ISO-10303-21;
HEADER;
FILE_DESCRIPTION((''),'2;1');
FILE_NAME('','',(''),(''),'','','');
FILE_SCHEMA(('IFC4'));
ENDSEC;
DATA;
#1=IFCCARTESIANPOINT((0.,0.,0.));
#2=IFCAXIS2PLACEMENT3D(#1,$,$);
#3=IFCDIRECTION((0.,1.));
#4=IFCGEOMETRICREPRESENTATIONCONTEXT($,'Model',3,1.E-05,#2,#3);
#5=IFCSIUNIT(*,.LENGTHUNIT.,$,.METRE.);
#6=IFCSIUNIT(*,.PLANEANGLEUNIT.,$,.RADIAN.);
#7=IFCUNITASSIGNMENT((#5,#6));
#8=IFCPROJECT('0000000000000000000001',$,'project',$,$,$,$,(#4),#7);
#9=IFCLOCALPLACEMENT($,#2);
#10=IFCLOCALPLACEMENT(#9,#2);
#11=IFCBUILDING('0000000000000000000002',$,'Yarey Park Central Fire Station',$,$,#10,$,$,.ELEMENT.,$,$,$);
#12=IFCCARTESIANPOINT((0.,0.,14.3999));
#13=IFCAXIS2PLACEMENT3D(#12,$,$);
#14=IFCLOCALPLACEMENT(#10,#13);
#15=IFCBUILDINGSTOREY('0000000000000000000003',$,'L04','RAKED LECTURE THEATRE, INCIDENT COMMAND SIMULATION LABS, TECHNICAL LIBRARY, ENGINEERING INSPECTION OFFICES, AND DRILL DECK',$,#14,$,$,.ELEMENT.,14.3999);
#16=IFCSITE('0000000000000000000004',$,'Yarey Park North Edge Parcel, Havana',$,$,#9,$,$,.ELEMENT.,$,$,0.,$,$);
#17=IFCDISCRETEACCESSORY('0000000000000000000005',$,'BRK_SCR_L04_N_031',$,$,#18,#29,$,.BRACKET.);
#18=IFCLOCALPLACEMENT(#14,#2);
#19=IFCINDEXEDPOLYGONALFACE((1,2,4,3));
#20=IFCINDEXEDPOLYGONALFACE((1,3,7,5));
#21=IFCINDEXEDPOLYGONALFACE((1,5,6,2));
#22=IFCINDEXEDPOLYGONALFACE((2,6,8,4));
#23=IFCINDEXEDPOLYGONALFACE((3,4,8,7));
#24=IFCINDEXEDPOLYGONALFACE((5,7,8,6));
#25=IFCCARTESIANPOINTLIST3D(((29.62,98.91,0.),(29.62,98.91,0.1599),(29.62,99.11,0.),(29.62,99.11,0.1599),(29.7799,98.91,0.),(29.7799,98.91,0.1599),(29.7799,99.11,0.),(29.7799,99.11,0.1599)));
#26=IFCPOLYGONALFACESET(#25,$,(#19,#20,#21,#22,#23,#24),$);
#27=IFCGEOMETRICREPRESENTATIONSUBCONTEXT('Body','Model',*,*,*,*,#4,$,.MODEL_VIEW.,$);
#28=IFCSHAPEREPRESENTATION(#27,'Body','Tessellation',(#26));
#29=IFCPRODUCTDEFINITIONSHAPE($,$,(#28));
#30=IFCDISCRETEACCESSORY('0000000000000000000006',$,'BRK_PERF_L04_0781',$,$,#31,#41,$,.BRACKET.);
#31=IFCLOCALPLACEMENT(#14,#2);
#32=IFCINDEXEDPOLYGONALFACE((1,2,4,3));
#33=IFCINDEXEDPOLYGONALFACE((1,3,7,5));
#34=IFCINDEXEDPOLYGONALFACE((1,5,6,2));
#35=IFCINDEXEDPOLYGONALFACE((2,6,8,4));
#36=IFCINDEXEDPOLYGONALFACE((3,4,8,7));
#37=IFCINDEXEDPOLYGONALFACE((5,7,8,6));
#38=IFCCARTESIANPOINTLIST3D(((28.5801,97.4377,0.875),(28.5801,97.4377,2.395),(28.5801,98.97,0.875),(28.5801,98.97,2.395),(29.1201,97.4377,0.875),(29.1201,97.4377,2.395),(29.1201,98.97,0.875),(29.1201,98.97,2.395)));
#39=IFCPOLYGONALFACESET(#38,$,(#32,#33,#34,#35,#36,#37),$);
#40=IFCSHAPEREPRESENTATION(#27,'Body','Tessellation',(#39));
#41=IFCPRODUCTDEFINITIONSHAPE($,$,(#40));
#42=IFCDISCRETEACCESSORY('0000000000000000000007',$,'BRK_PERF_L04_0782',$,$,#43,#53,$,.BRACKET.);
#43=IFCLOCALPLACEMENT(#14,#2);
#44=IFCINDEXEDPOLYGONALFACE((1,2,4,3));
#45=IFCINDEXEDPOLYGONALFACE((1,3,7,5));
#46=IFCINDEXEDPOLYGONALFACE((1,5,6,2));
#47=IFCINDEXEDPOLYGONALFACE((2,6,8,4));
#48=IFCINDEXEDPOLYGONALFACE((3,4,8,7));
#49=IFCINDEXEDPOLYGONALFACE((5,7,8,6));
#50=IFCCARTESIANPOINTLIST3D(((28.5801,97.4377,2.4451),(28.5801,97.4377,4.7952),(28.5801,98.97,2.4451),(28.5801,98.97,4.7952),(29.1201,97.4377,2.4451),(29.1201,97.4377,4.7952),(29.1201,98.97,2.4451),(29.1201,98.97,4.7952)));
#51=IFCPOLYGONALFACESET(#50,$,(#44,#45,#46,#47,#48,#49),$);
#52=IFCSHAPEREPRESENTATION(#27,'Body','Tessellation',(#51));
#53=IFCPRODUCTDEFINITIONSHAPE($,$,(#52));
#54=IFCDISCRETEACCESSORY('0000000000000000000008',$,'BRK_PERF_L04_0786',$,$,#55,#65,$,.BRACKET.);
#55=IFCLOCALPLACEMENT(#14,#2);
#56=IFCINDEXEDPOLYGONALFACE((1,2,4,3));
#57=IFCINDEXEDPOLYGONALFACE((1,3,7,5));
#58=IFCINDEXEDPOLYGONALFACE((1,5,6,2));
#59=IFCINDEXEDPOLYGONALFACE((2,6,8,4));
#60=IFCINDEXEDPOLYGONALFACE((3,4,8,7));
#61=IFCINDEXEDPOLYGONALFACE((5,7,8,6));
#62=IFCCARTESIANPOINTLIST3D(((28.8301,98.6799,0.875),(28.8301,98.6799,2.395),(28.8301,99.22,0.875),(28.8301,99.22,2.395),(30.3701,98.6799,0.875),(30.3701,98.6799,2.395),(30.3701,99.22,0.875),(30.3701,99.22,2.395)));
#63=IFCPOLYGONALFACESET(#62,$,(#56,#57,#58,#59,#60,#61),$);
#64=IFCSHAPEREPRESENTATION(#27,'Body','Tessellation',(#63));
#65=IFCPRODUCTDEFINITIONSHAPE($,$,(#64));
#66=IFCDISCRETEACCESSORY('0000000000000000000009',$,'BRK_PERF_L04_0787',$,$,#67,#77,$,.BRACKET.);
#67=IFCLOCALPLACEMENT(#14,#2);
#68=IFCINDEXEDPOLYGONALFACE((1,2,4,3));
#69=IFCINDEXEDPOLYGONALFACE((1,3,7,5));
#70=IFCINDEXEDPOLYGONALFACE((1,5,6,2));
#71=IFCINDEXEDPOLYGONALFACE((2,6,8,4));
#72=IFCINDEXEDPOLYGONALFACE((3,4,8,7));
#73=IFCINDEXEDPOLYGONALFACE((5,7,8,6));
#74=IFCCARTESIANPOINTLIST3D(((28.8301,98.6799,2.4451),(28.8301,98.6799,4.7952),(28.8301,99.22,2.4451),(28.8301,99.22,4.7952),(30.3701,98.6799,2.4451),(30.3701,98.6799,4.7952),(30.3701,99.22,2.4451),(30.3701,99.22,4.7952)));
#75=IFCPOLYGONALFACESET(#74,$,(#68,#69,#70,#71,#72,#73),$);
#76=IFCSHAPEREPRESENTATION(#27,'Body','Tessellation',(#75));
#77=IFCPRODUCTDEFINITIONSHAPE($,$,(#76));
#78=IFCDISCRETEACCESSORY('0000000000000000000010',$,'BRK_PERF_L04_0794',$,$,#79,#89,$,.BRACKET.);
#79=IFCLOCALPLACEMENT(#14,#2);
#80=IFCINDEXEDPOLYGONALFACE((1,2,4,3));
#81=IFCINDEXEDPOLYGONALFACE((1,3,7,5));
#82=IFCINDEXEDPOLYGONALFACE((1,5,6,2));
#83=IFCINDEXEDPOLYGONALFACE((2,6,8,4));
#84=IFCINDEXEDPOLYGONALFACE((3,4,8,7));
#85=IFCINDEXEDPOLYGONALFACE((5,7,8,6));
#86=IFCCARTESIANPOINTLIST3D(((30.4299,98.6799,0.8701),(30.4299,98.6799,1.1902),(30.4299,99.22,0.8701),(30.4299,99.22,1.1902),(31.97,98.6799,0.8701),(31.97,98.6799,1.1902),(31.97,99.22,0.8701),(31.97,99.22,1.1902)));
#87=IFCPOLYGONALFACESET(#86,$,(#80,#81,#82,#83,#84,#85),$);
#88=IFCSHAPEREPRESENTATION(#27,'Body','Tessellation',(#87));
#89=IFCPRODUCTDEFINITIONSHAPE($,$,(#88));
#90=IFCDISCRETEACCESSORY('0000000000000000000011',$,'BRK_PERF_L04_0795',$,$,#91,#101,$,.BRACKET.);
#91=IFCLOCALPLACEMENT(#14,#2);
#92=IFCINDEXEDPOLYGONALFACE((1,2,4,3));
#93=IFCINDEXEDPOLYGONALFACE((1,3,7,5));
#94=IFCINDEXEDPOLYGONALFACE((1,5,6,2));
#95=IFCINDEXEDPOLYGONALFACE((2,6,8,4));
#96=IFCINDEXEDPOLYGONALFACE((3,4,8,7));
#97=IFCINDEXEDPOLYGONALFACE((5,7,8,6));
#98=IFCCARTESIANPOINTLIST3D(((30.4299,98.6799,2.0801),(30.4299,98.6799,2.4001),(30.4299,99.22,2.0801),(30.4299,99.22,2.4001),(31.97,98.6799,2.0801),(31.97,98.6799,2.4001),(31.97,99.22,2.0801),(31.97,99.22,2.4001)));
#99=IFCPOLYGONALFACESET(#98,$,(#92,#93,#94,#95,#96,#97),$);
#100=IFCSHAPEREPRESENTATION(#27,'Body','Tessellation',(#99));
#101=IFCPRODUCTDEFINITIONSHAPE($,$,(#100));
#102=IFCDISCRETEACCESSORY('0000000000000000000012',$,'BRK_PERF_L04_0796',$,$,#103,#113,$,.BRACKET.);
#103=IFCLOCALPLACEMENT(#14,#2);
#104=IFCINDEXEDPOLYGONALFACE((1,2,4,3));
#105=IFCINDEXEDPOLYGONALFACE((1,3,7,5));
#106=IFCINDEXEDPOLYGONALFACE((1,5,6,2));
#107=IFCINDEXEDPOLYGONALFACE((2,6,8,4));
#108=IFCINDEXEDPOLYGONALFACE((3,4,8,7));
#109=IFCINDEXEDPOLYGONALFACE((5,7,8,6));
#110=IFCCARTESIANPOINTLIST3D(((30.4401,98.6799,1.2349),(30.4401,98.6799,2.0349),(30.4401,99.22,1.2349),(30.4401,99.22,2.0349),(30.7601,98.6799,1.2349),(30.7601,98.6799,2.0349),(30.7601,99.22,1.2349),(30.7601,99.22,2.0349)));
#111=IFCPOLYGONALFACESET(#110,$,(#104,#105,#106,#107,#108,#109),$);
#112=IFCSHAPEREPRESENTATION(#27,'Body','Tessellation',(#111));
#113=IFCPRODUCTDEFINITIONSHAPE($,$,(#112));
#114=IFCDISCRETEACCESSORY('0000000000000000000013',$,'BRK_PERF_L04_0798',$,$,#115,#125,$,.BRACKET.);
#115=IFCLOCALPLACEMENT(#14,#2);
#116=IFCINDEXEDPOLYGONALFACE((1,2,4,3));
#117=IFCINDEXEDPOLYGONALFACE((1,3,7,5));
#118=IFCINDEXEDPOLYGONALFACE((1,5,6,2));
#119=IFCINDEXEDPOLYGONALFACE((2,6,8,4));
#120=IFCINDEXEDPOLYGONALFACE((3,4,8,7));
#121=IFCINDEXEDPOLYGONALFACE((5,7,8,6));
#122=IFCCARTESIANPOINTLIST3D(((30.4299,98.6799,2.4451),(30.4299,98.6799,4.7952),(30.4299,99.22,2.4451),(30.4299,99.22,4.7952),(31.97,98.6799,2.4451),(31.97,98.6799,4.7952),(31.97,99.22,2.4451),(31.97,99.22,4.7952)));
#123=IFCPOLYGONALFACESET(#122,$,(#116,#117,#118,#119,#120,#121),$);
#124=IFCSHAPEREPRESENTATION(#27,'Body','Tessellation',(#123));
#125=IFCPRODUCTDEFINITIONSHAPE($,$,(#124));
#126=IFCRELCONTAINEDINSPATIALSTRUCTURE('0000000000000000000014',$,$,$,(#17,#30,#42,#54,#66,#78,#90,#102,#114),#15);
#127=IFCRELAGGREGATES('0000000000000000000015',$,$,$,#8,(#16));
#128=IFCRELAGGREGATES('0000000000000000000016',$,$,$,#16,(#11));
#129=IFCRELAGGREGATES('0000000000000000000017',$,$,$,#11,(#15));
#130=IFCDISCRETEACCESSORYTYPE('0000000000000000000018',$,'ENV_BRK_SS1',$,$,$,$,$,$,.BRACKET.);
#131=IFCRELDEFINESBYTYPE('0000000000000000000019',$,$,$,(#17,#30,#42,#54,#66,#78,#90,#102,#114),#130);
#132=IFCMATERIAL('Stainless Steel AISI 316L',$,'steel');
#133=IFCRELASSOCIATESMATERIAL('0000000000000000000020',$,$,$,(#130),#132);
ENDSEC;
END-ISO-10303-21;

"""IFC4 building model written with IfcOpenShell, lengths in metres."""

from ifc_helpers import new_model, si_unit, direction, frame, origin, origin_2d, place, context, subcontext, project, spatial, rectangle, extrude, material, type_object, element, save


model = new_model("IFC4")

# Units and contexts
model_context = context("Model", 3, precision=1e-05, world=origin(), true_north=direction((0.0, 1.0)))
body_context = subcontext(model_context, "Body", "Model", "MODEL_VIEW")
ifc_project = project(units=[si_unit("LENGTHUNIT", "METRE"), si_unit("PLANEANGLEUNIT", "RADIAN")], contexts=[model_context])

# Site, building, storey
site_placement = place(None, origin())
site = spatial("IfcSite", under=ifc_project, at=site_placement, Name="Yarey Park North Edge Parcel, Havana", CompositionType="ELEMENT", RefElevation=0.0)
building_placement = place(site_placement, origin())
building = spatial("IfcBuilding", under=site, at=building_placement, Name="Yarey Park Central Fire Station", CompositionType="ELEMENT")
storey_placement = place(building_placement, frame((0.0, 0.0, 14.3999)))
storey = spatial("IfcBuildingStorey", under=building, at=storey_placement, Name="L04", Description="RAKED LECTURE THEATRE, INCIDENT COMMAND SIMULATION LABS, TECHNICAL LIBRARY, ENGINEERING INSPECTION OFFICES, AND DRILL DECK", CompositionType="ELEMENT", Elevation=14.3999)

# Discrete accessories
ifc_material_1 = material(Name="Stainless Steel AISI 316L", Category="steel")
discrete_accessory_type = type_object("IfcDiscreteAccessoryType", Name="ENV_BRK_SS1", PredefinedType="BRACKET", material=ifc_material_1)
discrete_accessory_1_placement = place(storey_placement, frame((29.7, 99.01, 0.0), z_axis=(0.0, 0.0, 1.0), x_axis=(1.0, 0.0, 0.0)))
element("IfcDiscreteAccessory", 1, at=discrete_accessory_1_placement, inside=storey, type_object=discrete_accessory_type, Name="BRK_SCR_L04_N_031", PredefinedType="BRACKET", context=body_context, shape_type="SweptSolid", body=[
    extrude(rectangle(XDim=0.1599, YDim=0.2, at=origin_2d()), origin(), (0.0, 0.0, 1.0), 0.1599),
])
discrete_accessory_2_placement = place(storey_placement, frame((28.8501, 98.2039, 0.875), z_axis=(0.0, 0.0, 1.0), x_axis=(1.0, 0.0, 0.0)))
element("IfcDiscreteAccessory", 2, at=discrete_accessory_2_placement, inside=storey, type_object=discrete_accessory_type, Name="BRK_PERF_L04_0781", PredefinedType="BRACKET", context=body_context, shape_type="SweptSolid", body=[
    extrude(rectangle(XDim=0.54, YDim=1.5322, at=origin_2d()), origin(), (0.0, 0.0, 1.0), 1.52),
])
discrete_accessory_3_placement = place(storey_placement, frame((28.8501, 98.2039, 2.4451), z_axis=(0.0, 0.0, 1.0), x_axis=(1.0, 0.0, 0.0)))
element("IfcDiscreteAccessory", 3, at=discrete_accessory_3_placement, inside=storey, type_object=discrete_accessory_type, Name="BRK_PERF_L04_0782", PredefinedType="BRACKET", context=body_context, shape_type="SweptSolid", body=[
    extrude(rectangle(XDim=0.54, YDim=1.5322, at=origin_2d()), origin(), (0.0, 0.0, 1.0), 2.3501),
])
discrete_accessory_4_placement = place(storey_placement, frame((29.6001, 98.95, 0.875), z_axis=(0.0, 0.0, 1.0), x_axis=(1.0, 0.0, 0.0)))
element("IfcDiscreteAccessory", 4, at=discrete_accessory_4_placement, inside=storey, type_object=discrete_accessory_type, Name="BRK_PERF_L04_0786", PredefinedType="BRACKET", context=body_context, shape_type="SweptSolid", body=[
    extrude(rectangle(XDim=1.54, YDim=0.54, at=origin_2d()), origin(), (0.0, 0.0, 1.0), 1.52),
])
discrete_accessory_5_placement = place(storey_placement, frame((29.6001, 98.95, 2.4451), z_axis=(0.0, 0.0, 1.0), x_axis=(1.0, 0.0, 0.0)))
element("IfcDiscreteAccessory", 5, at=discrete_accessory_5_placement, inside=storey, type_object=discrete_accessory_type, Name="BRK_PERF_L04_0787", PredefinedType="BRACKET", context=body_context, shape_type="SweptSolid", body=[
    extrude(rectangle(XDim=1.54, YDim=0.54, at=origin_2d()), origin(), (0.0, 0.0, 1.0), 2.3501),
])
for number, where, z_axis, x_axis, name in (
    (6, (31.2, 98.95, 0.8701), (0.0, 0.0, 1.0), (1.0, 0.0, 0.0), "BRK_PERF_L04_0794"),
    (7, (31.2, 98.95, 2.0801), (0.0, 0.0, 1.0), (1.0, 0.0, 0.0), "BRK_PERF_L04_0795"),
):
    element("IfcDiscreteAccessory", number, at=place(storey_placement, frame(where, z_axis=z_axis, x_axis=x_axis)), inside=storey, type_object=discrete_accessory_type, Name=name, PredefinedType="BRACKET", context=body_context, shape_type="SweptSolid", body=[
        extrude(rectangle(XDim=1.54, YDim=0.54, at=origin_2d()), origin(), (0.0, 0.0, 1.0), 0.3201),
    ])
discrete_accessory_6_placement = place(storey_placement, frame((30.6001, 98.95, 1.2349), z_axis=(0.0, 0.0, 1.0), x_axis=(1.0, 0.0, 0.0)))
element("IfcDiscreteAccessory", 8, at=discrete_accessory_6_placement, inside=storey, type_object=discrete_accessory_type, Name="BRK_PERF_L04_0796", PredefinedType="BRACKET", context=body_context, shape_type="SweptSolid", body=[
    extrude(rectangle(XDim=0.3201, YDim=0.54, at=origin_2d()), origin(), (0.0, 0.0, 1.0), 0.8),
])
discrete_accessory_7_placement = place(storey_placement, frame((31.2, 98.95, 2.4451), z_axis=(0.0, 0.0, 1.0), x_axis=(1.0, 0.0, 0.0)))
element("IfcDiscreteAccessory", 9, at=discrete_accessory_7_placement, inside=storey, type_object=discrete_accessory_type, Name="BRK_PERF_L04_0798", PredefinedType="BRACKET", context=body_context, shape_type="SweptSolid", body=[
    extrude(rectangle(XDim=1.54, YDim=0.54, at=origin_2d()), origin(), (0.0, 0.0, 1.0), 2.3501),
])

save(model, "model.ifc")
